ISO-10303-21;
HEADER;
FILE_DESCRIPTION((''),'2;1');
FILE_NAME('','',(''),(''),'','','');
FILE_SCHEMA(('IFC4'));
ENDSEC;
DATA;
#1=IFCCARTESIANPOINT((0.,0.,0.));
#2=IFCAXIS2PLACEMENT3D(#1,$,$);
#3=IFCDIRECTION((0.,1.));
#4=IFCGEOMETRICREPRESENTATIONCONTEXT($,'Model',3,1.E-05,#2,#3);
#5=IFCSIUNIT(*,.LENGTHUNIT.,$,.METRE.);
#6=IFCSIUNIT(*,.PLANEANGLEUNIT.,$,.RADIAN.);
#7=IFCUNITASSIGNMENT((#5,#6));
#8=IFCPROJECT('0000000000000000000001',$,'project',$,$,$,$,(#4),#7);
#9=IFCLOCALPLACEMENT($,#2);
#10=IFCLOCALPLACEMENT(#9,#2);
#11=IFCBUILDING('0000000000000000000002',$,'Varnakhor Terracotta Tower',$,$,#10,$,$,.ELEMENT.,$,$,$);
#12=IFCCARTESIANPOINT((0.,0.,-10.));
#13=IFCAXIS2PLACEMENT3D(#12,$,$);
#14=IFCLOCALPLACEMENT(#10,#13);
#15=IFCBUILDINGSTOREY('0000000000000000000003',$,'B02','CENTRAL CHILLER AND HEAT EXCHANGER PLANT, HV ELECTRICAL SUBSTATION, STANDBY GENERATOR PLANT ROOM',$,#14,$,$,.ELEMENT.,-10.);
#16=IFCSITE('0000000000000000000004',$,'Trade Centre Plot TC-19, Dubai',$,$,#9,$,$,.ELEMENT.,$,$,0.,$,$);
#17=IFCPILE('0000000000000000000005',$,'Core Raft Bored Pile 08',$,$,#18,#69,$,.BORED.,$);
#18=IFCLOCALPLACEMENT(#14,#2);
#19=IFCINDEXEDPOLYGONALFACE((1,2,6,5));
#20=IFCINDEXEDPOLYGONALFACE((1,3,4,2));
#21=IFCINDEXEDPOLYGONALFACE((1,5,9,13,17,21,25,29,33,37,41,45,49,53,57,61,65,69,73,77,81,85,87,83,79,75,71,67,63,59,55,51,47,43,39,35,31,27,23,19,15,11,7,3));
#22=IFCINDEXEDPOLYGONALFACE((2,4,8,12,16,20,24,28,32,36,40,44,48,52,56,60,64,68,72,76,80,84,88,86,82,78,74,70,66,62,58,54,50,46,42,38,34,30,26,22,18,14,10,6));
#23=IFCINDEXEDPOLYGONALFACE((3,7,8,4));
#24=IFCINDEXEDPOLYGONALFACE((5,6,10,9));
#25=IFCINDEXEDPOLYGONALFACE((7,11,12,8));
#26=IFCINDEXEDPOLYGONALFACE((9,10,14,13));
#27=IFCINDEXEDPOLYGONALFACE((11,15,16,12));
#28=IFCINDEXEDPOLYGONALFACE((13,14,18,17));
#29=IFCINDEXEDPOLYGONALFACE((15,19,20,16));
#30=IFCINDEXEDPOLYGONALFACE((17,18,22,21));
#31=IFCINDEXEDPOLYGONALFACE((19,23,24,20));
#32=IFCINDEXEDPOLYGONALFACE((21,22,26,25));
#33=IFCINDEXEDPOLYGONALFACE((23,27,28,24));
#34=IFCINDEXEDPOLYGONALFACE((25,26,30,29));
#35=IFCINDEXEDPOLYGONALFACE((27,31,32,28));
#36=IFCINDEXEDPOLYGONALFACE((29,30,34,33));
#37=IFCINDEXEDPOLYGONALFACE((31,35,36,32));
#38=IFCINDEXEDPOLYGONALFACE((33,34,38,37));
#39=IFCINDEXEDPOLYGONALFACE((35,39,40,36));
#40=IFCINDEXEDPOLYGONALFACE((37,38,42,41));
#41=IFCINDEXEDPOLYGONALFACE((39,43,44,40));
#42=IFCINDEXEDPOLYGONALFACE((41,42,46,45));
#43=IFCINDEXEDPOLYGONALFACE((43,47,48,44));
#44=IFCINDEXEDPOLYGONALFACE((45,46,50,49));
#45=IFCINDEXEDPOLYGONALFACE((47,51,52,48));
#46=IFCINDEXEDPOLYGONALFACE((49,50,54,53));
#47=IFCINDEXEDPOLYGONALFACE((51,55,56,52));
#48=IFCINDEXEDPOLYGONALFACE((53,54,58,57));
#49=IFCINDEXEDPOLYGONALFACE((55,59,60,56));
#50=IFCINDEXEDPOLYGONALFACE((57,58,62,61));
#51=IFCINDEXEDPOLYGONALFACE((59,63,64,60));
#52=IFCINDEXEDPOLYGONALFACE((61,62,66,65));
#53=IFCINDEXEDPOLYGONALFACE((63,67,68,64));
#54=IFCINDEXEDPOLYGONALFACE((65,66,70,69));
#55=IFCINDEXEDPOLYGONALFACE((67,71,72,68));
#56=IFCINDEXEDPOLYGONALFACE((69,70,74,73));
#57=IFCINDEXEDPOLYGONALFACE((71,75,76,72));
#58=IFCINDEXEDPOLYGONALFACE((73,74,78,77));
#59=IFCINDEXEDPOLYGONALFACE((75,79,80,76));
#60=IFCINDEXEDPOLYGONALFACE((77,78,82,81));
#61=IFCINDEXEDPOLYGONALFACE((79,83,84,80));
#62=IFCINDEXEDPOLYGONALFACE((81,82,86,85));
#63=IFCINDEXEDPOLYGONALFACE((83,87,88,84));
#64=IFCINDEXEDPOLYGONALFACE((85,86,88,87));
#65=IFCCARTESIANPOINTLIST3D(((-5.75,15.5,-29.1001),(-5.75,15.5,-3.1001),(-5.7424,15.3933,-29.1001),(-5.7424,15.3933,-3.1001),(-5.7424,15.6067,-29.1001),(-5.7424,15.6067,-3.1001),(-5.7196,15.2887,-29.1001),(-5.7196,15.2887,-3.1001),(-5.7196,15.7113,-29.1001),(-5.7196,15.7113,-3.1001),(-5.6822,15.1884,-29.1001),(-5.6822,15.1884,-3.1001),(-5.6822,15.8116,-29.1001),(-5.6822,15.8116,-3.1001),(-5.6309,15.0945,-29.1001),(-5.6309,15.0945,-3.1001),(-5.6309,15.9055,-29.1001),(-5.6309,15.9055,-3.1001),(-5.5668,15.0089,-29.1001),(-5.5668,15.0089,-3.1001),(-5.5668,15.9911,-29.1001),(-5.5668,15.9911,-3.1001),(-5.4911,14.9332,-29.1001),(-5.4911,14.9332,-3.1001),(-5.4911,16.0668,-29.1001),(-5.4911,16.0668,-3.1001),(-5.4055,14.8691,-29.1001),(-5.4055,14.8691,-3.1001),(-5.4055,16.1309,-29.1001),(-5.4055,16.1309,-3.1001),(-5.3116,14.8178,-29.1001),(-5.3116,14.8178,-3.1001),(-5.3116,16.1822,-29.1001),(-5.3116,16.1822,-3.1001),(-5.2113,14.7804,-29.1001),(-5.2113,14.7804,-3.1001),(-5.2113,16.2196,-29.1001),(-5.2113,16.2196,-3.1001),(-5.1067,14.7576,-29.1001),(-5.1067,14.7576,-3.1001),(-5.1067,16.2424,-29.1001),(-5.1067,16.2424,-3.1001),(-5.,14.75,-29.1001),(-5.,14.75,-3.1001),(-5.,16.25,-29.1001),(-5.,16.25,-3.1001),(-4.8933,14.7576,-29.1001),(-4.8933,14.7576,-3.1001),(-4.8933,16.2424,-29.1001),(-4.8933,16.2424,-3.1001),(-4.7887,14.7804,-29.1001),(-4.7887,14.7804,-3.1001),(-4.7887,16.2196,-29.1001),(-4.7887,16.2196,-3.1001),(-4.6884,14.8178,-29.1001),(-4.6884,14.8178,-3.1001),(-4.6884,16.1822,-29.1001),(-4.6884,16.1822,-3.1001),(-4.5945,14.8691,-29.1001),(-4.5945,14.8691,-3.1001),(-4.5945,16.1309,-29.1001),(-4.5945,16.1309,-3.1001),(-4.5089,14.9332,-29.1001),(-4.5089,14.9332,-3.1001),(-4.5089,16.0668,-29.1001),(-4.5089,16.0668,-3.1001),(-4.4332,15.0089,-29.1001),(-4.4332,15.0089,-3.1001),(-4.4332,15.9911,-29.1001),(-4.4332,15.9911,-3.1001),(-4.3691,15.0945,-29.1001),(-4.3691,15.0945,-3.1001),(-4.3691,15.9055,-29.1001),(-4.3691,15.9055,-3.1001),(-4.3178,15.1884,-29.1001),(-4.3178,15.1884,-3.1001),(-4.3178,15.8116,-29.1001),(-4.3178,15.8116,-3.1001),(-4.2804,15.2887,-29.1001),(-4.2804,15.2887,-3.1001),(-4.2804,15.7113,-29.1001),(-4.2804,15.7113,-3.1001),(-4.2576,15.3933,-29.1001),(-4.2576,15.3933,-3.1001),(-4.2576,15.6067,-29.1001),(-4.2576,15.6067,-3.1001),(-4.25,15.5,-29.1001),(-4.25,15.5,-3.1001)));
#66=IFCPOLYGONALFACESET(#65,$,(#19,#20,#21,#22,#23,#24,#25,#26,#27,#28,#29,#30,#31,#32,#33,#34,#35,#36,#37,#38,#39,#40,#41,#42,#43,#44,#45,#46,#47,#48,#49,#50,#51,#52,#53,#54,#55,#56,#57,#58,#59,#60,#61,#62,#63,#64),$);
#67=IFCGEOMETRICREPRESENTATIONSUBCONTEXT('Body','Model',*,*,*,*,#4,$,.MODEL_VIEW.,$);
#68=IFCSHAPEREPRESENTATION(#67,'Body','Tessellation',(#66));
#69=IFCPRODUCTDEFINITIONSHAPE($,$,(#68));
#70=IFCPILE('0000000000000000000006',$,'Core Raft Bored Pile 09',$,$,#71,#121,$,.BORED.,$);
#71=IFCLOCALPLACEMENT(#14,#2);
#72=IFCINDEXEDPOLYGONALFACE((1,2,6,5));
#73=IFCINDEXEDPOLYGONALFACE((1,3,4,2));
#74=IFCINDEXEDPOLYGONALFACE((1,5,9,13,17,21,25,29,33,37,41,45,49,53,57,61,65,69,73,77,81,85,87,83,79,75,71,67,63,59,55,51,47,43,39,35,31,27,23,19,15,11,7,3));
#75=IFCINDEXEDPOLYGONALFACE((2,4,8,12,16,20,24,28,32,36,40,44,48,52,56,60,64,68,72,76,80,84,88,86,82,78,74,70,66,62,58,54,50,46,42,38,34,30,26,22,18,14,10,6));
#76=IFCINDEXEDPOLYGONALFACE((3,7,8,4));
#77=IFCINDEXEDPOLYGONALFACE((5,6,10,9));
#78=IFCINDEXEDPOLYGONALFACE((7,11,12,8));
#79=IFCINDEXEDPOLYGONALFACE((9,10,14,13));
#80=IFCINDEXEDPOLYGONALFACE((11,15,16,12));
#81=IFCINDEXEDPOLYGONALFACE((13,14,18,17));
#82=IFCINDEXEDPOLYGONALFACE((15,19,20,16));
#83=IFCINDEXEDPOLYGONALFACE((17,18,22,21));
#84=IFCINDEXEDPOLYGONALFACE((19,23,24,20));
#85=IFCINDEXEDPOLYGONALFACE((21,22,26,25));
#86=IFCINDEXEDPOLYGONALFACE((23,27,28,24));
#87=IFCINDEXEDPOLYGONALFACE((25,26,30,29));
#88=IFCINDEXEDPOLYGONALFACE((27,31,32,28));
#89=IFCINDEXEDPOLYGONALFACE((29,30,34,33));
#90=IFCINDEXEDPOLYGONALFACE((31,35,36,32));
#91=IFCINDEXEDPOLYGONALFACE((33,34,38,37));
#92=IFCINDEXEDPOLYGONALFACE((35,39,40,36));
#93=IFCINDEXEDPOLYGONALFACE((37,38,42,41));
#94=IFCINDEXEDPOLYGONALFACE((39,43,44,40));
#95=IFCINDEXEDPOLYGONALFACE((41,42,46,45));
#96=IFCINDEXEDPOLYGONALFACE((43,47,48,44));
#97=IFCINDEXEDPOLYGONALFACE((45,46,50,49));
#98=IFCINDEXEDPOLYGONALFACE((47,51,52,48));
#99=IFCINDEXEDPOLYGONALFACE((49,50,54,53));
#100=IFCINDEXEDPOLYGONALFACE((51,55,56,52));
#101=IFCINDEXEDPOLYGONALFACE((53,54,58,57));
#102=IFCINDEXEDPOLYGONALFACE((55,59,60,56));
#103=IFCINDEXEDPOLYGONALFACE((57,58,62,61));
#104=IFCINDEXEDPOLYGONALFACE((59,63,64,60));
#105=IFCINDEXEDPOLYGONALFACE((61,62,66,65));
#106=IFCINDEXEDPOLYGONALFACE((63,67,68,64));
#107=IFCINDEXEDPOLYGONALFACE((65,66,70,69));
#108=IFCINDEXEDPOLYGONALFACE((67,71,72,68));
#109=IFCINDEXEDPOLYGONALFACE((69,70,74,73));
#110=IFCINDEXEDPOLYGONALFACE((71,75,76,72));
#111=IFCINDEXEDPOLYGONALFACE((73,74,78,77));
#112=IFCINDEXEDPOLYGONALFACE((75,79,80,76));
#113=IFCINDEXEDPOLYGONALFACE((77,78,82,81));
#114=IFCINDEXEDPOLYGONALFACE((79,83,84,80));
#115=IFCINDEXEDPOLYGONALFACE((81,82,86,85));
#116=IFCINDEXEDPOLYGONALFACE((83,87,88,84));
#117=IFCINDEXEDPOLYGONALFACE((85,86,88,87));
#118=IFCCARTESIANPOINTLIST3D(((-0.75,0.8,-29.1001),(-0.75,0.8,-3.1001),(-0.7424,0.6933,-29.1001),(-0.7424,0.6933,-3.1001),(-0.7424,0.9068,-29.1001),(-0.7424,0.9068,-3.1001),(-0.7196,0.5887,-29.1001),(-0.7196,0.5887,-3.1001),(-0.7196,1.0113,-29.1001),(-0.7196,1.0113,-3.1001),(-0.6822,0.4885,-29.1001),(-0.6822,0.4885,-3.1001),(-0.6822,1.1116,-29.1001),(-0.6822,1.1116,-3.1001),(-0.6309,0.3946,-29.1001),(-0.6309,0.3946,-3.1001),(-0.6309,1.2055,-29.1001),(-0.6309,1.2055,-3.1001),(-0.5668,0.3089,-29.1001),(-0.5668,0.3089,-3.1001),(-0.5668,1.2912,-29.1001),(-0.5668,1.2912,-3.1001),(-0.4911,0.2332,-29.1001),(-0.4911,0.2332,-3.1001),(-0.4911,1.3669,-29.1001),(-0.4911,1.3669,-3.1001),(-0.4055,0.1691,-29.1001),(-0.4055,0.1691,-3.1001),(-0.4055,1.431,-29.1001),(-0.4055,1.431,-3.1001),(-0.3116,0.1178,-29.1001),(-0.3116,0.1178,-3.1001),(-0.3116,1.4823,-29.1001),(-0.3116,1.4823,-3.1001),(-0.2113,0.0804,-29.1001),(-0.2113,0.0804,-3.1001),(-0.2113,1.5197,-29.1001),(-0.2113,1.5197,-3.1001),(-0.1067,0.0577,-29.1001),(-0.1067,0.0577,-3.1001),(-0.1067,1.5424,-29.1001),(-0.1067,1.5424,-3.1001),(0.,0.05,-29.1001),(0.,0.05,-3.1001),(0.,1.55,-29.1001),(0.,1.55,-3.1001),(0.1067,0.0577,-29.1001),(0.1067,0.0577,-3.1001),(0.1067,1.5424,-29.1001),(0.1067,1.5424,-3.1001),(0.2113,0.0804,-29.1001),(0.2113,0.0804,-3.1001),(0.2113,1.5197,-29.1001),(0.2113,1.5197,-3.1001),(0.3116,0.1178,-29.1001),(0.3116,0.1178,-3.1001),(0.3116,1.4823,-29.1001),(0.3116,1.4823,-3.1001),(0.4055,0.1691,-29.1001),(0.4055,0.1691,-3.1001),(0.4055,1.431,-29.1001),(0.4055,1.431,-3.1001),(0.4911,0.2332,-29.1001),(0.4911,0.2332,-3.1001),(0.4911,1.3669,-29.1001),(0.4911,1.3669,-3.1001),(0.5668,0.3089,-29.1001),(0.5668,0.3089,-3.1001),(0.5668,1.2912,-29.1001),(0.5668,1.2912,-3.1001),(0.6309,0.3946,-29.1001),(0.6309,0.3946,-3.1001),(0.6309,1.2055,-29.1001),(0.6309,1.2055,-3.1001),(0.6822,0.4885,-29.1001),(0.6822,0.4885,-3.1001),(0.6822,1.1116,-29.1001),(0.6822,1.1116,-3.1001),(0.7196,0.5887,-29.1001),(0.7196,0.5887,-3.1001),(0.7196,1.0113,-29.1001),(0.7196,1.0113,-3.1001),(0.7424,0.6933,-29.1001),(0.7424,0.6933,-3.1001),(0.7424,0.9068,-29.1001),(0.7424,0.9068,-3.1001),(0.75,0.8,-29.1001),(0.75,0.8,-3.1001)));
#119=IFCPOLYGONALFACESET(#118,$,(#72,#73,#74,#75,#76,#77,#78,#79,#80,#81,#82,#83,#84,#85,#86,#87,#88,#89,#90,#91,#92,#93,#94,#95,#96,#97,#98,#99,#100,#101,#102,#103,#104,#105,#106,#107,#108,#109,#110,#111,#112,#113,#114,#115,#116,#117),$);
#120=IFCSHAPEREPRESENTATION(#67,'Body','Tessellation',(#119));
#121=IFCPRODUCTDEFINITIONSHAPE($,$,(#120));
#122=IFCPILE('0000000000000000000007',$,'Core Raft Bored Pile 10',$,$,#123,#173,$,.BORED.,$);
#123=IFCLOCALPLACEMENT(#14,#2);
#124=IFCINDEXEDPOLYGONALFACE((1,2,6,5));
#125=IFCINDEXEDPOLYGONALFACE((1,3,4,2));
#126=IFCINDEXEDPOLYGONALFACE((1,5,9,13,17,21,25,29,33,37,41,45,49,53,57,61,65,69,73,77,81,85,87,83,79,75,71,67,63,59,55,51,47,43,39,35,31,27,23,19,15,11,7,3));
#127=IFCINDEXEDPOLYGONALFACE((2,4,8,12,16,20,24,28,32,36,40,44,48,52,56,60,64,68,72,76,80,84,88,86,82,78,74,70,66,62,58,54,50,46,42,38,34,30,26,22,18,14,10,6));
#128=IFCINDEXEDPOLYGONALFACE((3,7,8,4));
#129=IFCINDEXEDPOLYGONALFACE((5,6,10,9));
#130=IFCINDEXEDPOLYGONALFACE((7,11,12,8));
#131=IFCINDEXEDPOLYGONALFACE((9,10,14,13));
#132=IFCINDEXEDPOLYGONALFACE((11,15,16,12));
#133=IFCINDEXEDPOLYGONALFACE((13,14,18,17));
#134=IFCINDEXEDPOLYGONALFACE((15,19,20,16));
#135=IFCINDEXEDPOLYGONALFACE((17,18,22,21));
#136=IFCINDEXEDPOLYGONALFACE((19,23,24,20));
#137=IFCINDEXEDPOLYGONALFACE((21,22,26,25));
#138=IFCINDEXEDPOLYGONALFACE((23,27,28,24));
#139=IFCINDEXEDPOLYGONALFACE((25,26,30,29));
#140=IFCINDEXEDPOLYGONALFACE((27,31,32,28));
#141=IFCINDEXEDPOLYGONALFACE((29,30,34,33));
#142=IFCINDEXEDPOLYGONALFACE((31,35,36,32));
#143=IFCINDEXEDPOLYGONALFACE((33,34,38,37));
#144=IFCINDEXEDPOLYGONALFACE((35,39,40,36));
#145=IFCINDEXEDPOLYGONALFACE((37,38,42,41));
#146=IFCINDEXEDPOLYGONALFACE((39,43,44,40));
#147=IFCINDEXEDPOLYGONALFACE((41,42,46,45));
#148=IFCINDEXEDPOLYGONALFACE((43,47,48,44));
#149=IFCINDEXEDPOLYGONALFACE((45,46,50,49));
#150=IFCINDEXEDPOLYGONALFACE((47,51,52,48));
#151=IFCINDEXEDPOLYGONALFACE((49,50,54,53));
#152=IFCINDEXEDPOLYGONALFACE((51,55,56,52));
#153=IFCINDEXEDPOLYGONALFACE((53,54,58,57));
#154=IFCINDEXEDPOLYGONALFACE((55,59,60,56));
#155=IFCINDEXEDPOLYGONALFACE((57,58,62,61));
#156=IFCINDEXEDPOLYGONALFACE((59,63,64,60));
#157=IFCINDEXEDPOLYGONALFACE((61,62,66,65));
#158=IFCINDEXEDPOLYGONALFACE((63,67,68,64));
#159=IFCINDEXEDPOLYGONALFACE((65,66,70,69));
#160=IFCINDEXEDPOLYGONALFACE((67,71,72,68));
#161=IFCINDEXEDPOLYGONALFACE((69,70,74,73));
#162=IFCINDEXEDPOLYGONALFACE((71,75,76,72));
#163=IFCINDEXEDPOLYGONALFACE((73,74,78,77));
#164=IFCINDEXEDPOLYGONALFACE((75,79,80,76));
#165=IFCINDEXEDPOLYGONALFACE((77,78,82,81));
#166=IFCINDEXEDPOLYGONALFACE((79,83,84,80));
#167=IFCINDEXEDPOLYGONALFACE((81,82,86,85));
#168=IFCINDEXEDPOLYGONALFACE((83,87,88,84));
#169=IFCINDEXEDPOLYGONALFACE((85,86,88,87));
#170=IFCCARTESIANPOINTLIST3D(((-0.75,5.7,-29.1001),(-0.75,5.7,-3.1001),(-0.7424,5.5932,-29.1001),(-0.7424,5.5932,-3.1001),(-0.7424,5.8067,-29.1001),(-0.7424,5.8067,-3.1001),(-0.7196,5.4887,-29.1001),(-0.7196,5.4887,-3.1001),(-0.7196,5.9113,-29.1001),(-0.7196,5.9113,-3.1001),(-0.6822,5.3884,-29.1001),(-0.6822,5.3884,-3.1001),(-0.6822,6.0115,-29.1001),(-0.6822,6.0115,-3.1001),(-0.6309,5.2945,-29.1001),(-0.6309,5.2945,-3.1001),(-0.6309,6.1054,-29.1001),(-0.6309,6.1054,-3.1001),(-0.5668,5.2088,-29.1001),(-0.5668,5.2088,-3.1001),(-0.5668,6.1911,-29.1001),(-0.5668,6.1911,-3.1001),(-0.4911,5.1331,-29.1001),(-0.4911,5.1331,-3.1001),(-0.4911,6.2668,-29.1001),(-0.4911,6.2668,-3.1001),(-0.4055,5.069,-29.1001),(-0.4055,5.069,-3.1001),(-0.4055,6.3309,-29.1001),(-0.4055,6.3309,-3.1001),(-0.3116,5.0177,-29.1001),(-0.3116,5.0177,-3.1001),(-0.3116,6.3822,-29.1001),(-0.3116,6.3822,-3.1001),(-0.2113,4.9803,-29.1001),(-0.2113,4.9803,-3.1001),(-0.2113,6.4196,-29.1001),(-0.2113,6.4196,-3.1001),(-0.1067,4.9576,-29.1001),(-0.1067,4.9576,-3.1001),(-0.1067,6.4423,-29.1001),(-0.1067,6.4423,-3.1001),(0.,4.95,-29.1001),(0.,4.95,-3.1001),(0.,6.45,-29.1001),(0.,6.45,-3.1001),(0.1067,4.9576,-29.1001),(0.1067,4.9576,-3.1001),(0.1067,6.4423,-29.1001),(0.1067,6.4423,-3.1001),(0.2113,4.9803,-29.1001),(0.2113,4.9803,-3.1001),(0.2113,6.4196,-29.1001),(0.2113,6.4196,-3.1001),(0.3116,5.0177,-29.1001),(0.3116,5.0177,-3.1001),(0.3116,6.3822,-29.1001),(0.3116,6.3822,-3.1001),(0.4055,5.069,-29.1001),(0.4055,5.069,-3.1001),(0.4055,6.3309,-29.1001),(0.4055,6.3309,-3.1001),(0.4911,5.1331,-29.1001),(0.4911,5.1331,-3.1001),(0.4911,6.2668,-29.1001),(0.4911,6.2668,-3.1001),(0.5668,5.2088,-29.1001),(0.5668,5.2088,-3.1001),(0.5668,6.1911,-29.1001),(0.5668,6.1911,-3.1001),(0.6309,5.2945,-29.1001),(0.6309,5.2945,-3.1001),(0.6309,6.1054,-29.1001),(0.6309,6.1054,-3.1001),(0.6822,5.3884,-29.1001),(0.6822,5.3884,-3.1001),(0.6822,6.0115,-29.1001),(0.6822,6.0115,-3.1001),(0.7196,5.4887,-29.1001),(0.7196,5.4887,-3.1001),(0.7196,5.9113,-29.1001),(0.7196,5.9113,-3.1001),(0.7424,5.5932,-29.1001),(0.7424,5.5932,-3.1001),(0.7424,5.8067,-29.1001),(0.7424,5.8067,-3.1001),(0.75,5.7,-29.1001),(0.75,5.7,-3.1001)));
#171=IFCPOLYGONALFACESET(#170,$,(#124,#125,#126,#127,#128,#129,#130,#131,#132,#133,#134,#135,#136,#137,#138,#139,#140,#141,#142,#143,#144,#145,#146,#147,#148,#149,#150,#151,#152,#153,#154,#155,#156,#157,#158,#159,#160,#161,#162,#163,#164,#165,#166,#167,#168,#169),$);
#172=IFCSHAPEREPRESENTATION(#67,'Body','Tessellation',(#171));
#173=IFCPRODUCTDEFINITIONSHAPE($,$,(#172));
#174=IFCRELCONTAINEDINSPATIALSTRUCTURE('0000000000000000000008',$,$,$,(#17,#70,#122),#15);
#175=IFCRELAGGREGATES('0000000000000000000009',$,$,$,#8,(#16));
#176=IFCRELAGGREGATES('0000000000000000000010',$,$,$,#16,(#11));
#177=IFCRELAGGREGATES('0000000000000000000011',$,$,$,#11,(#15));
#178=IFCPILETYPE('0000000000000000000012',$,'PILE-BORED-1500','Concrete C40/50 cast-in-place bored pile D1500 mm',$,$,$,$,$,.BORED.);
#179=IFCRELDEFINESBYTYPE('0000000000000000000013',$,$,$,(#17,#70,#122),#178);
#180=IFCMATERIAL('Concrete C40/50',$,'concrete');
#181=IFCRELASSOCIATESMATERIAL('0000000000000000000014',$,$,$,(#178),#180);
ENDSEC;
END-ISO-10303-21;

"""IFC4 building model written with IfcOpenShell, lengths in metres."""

from ifc_helpers import new_model, si_unit, direction, frame, origin, origin_2d, place, context, subcontext, project, spatial, circle, extrude, source, transform, mapped, material, material_profile, profile_set, type_object, type_shapes, element, save


model = new_model("IFC4")

# Units and contexts
model_context = context("Model", 3, precision=1e-05, world=origin(), true_north=direction((0.0, 1.0)))
body_context = subcontext(model_context, "Body", "Model", "MODEL_VIEW")
ifc_project = project(units=[si_unit("LENGTHUNIT", "METRE"), si_unit("PLANEANGLEUNIT", "RADIAN")], contexts=[model_context])

# Site, building, storey
site_placement = place(None, origin())
site = spatial("IfcSite", under=ifc_project, at=site_placement, Name="Trade Centre Plot TC-19, Dubai", CompositionType="ELEMENT", RefElevation=0.0)
building_placement = place(site_placement, origin())
building = spatial("IfcBuilding", under=site, at=building_placement, Name="Varnakhor Terracotta Tower", CompositionType="ELEMENT")
storey_placement = place(building_placement, frame((0.0, 0.0, -10.0)))
storey = spatial("IfcBuildingStorey", under=building, at=storey_placement, Name="B02", Description="CENTRAL CHILLER AND HEAT EXCHANGER PLANT, HV ELECTRICAL SUBSTATION, STANDBY GENERATOR PLANT ROOM", CompositionType="ELEMENT", Elevation=-10.0)

# Piles
ifc_material_1 = material(Name="Concrete C40/50", Category="concrete")
ifc_material_profile_1 = material_profile(ifc_material_1, circle(Radius=0.75, at=origin_2d()), Name="BORED PILE D1500")
ifc_profile_set_1 = profile_set([ifc_material_profile_1], Name="Concrete C40/50")
pile_type = type_object("IfcPileType", Name="PILE-BORED-1500", Description="Concrete C40/50 cast-in-place bored pile D1500 mm", PredefinedType="BORED", material=ifc_profile_set_1)
shared_shape_1 = source(origin(), body_context, "Body", "SweptSolid", [
    extrude(circle(Radius=0.75, at=origin_2d()), origin(), (0.0, 0.0, 1.0), 26.0),
])
type_shapes(pile_type, [shared_shape_1])
for number, where, z_axis, x_axis, name in (
    (1, (-5.0, 15.5, -3.1001), (0.0, 0.0, -1.0), (1.0, 0.0, 0.0), "Core Raft Bored Pile 08"),
    (2, (0.0, 0.8, -3.1001), (0.0, 0.0, -1.0), (1.0, 0.0, 0.0), "Core Raft Bored Pile 09"),
    (3, (0.0, 5.7, -3.1001), (0.0, 0.0, -1.0), (1.0, 0.0, 0.0), "Core Raft Bored Pile 10"),
):
    element("IfcPile", number, at=place(storey_placement, frame(where, z_axis=z_axis, x_axis=x_axis)), inside=storey, type_object=pile_type, Name=name, PredefinedType="BORED", context=body_context, shape_type="MappedRepresentation", body=[
        mapped(shared_shape_1, transform((0.0, 0.0, 0.0), scale=1.0)),
    ])

save(model, "model.ifc")
